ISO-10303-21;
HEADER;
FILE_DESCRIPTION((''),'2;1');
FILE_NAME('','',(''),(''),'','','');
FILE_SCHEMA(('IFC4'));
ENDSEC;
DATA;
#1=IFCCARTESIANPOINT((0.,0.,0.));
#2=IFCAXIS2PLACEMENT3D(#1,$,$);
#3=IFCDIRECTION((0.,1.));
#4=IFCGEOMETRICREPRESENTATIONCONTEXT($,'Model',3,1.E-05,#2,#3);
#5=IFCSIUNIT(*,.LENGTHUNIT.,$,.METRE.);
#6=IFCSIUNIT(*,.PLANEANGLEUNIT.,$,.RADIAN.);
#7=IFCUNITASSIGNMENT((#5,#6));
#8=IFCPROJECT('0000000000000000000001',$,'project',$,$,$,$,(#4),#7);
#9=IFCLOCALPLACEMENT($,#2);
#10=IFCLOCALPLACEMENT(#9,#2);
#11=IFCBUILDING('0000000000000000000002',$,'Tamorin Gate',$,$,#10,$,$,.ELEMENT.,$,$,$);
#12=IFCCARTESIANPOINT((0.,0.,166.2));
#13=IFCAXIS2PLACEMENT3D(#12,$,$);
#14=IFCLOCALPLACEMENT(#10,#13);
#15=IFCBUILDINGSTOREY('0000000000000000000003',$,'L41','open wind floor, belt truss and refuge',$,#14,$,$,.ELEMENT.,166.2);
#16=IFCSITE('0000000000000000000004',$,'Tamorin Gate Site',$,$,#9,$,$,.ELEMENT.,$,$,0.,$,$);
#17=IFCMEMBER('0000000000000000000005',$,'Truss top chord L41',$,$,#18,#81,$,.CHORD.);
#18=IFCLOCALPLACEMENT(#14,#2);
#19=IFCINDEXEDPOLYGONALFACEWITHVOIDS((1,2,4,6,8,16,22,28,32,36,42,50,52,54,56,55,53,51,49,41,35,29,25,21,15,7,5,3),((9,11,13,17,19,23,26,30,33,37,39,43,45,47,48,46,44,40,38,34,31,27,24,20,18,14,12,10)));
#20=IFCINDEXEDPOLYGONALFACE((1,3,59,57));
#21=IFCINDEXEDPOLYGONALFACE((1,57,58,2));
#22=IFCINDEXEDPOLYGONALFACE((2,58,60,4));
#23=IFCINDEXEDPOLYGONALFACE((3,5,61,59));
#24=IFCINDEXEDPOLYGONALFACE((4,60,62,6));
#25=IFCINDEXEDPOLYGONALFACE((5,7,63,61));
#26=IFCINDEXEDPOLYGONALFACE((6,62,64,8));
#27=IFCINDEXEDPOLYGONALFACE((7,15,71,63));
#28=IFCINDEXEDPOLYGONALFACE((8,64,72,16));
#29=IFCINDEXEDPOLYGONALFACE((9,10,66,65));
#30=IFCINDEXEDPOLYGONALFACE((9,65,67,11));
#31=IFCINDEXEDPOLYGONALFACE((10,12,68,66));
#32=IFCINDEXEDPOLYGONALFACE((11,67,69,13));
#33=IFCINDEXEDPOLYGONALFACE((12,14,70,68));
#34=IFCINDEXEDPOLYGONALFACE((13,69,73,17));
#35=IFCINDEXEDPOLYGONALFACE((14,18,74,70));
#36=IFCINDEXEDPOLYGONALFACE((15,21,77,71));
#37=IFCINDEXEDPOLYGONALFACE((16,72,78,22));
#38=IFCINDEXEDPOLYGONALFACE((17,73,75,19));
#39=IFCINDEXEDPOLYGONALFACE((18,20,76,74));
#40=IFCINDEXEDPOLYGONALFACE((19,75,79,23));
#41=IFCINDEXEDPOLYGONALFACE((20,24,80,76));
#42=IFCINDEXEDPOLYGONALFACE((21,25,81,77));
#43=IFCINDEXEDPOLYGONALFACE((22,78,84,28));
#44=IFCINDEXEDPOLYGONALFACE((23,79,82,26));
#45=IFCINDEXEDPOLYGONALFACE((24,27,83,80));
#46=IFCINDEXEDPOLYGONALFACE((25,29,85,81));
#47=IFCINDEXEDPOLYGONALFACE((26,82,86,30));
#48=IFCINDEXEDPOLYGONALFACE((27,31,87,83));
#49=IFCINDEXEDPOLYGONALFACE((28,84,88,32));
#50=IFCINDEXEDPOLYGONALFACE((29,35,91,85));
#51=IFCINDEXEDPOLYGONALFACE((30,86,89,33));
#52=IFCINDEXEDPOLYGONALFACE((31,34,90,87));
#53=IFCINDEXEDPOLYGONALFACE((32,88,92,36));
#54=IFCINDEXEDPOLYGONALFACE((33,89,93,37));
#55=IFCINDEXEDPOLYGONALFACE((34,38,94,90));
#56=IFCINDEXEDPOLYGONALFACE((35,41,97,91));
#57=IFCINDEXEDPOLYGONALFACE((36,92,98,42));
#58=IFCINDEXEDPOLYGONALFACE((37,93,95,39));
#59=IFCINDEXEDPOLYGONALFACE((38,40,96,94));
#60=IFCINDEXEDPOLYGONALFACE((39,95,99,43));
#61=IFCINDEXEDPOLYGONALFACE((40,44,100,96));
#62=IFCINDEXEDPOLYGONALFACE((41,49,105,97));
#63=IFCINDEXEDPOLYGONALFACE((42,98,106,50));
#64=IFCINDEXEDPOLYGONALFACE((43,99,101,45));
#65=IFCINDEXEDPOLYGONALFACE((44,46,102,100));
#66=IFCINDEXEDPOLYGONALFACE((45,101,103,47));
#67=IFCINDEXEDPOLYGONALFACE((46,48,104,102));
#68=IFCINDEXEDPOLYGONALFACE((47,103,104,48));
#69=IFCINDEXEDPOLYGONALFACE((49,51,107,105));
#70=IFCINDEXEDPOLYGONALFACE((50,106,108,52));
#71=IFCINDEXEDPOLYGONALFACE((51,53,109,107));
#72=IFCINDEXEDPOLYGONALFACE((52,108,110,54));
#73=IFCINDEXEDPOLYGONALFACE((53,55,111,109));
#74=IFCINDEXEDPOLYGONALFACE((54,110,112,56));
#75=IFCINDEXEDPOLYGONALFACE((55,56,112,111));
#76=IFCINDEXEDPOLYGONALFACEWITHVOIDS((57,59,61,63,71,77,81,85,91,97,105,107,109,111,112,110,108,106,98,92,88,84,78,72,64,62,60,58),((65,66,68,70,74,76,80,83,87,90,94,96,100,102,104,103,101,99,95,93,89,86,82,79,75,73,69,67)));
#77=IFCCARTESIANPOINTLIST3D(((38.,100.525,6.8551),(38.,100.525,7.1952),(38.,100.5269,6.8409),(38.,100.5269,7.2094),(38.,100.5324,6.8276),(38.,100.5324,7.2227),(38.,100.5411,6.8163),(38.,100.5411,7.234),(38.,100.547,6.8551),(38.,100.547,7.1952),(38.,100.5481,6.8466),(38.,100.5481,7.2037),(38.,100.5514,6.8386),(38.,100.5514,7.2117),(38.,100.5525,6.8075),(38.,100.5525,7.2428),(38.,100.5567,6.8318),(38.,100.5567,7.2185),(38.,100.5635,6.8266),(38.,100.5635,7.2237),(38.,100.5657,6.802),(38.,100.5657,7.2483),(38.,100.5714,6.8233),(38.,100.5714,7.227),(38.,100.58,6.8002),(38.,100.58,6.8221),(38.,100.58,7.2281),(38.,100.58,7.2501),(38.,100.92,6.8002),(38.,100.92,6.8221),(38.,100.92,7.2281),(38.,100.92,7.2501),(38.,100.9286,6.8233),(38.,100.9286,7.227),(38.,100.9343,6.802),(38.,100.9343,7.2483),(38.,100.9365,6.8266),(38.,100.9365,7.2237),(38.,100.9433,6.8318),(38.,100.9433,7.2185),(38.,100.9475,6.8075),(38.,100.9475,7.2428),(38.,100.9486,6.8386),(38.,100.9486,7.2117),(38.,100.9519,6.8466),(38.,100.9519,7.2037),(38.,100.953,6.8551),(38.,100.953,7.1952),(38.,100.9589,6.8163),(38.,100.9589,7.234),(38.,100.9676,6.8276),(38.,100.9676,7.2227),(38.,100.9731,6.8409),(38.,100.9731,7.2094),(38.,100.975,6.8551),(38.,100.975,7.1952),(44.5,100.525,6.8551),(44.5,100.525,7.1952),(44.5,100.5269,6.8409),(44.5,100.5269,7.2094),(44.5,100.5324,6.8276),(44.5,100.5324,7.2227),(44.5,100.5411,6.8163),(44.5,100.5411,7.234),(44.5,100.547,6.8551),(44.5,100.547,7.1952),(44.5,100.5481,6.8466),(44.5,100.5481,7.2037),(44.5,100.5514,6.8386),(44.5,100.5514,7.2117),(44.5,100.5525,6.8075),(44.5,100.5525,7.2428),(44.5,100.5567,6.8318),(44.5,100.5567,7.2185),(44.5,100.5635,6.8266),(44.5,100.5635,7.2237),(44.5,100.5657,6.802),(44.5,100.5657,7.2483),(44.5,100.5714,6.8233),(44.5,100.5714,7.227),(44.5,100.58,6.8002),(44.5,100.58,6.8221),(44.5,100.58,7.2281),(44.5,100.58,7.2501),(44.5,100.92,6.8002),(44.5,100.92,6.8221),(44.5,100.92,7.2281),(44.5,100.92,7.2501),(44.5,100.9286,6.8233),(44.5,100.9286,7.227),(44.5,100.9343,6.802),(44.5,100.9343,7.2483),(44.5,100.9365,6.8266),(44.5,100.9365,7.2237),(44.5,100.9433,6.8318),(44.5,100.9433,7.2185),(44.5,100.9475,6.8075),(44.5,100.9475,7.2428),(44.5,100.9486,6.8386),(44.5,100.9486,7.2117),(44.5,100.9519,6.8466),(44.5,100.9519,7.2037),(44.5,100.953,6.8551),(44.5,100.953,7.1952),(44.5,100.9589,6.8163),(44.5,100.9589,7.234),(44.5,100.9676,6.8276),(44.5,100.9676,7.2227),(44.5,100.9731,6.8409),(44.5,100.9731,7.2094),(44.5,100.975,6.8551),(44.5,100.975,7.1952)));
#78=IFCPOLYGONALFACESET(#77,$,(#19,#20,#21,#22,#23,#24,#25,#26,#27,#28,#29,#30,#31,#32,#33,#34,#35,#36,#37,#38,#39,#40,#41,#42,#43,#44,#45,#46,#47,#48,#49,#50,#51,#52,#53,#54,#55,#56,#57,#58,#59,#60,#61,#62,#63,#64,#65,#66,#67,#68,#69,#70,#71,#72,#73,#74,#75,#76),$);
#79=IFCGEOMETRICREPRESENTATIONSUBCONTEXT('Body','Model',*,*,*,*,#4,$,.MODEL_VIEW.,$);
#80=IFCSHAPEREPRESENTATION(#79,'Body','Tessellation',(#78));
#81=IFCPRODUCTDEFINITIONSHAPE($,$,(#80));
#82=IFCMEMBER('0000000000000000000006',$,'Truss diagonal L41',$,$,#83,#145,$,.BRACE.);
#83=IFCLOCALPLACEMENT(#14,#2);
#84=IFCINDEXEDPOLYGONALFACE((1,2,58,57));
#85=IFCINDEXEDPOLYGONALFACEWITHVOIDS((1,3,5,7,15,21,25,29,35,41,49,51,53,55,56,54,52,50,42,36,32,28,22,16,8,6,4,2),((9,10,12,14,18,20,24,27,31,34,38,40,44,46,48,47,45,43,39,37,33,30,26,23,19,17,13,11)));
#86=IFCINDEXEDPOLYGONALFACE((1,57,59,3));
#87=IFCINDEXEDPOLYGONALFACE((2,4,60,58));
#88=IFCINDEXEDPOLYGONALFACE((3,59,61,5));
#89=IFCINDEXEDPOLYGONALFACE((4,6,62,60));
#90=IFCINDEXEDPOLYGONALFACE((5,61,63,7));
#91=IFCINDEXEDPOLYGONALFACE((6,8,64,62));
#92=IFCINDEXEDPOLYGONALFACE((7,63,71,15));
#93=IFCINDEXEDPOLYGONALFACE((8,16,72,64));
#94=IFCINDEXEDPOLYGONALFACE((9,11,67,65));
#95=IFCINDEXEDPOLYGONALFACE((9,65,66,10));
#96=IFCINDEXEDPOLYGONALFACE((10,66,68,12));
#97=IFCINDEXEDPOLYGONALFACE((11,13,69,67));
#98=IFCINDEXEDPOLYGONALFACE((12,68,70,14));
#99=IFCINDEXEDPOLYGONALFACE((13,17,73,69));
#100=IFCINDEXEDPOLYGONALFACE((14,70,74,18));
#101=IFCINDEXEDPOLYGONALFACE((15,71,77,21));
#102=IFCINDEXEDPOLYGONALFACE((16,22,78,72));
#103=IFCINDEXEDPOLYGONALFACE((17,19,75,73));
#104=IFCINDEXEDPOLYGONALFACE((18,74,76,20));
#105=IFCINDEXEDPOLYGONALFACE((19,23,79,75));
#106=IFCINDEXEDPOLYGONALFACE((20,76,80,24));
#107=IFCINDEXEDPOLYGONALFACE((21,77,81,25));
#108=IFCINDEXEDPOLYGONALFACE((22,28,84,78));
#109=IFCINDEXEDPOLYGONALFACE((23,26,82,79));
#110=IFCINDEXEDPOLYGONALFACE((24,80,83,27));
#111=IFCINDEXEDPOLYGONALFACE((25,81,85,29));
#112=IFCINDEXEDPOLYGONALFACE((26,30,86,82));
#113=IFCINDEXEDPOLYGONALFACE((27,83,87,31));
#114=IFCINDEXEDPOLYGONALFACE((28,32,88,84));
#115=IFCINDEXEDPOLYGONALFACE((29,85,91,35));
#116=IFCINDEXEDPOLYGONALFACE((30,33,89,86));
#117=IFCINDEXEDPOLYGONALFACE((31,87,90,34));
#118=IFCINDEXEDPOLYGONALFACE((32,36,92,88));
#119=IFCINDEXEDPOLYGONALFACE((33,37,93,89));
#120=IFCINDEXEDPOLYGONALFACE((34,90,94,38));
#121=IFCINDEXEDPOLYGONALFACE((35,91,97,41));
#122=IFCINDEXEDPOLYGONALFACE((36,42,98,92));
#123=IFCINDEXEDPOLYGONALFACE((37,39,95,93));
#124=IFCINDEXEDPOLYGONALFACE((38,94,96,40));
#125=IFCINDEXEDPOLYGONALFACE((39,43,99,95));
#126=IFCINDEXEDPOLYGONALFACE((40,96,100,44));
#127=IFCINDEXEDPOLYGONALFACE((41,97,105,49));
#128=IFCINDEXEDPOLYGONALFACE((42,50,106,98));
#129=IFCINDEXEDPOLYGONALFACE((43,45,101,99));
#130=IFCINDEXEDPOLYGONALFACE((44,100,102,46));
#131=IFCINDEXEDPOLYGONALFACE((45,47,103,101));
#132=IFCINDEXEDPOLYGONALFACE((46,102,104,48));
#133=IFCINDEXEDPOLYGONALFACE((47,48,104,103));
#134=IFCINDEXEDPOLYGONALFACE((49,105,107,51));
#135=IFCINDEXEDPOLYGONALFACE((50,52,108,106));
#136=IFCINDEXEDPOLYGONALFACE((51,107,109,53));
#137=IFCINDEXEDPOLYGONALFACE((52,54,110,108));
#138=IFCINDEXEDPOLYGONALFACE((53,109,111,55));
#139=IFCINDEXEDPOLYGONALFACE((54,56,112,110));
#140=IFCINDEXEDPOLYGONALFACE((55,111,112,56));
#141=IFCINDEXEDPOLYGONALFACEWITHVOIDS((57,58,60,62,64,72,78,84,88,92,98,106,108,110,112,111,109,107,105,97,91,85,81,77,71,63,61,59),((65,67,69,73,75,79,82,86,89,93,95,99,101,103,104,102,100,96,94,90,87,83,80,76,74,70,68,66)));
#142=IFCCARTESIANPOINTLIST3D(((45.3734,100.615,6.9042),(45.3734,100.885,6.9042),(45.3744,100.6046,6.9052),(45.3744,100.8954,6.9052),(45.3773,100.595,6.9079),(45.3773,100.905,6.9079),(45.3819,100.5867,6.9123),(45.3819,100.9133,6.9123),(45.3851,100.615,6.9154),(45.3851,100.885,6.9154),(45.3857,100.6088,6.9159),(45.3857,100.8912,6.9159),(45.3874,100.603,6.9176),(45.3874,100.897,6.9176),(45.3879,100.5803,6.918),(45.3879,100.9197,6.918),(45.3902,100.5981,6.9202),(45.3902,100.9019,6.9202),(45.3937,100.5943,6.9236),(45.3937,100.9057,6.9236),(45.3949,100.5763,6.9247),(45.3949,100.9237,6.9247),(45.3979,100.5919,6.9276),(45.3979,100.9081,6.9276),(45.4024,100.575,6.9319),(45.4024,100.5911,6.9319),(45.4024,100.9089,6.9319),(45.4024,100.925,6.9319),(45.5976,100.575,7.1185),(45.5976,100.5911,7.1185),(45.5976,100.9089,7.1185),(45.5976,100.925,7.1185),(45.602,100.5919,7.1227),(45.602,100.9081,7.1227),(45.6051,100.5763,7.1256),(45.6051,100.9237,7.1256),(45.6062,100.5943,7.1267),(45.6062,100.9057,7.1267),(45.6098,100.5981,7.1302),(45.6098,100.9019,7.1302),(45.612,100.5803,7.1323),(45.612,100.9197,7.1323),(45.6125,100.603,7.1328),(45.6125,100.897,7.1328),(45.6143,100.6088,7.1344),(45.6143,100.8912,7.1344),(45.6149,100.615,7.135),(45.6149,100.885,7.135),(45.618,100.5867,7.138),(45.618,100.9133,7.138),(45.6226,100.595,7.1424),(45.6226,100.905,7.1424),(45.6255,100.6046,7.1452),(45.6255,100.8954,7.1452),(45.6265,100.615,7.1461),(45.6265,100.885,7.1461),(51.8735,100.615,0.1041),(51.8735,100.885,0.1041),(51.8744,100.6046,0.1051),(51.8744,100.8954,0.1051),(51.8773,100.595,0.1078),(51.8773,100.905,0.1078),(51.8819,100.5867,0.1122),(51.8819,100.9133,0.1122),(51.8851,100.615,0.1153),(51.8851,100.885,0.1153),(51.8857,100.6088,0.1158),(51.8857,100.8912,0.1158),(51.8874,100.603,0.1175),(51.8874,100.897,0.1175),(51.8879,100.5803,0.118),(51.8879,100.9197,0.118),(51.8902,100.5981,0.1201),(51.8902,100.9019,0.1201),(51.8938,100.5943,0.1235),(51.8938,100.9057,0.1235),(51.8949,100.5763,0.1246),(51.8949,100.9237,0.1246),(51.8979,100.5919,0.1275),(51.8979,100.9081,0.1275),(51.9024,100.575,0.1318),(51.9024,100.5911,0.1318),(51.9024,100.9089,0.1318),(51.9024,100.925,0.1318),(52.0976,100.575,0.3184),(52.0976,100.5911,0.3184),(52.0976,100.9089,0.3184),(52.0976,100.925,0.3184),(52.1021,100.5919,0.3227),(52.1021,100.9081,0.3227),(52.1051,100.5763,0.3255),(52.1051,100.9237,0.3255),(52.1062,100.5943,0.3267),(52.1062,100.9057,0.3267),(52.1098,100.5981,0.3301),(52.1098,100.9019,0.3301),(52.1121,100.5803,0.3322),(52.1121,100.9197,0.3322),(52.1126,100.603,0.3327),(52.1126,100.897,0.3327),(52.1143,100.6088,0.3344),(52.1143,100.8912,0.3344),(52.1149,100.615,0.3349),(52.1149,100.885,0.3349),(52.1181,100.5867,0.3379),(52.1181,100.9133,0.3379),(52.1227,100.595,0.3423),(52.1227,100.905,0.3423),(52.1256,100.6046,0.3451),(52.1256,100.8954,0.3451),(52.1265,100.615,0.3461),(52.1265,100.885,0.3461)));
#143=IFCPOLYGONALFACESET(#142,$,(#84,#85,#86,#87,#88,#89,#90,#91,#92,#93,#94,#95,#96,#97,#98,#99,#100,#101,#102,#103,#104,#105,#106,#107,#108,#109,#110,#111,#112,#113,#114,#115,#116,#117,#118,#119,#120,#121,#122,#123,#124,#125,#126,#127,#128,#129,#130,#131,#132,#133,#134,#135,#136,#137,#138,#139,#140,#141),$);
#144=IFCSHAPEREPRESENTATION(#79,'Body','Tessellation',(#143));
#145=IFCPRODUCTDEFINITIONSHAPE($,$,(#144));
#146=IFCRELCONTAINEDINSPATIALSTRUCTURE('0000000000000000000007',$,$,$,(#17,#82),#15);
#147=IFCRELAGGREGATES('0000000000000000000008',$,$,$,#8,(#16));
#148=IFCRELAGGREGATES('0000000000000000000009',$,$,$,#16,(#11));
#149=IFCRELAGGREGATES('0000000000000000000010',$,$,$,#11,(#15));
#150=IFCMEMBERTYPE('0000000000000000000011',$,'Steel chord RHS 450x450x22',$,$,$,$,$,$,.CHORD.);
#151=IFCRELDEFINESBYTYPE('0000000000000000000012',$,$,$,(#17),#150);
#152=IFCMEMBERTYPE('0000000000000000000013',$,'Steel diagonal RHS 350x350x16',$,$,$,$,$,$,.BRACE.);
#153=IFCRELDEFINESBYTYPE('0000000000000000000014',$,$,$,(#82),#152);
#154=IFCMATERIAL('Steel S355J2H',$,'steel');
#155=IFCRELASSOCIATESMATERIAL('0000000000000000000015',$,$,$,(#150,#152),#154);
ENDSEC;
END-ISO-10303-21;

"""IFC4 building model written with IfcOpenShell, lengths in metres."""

from ifc_helpers import new_model, si_unit, direction, frame, origin, origin_2d, place, context, subcontext, project, spatial, hollow_rectangle, extrude, material, material_profile, profile_set, type_object, element, save


model = new_model("IFC4")

# Units and contexts
model_context = context("Model", 3, precision=1e-05, world=origin(), true_north=direction((0.0, 1.0)))
body_context = subcontext(model_context, "Body", "Model", "MODEL_VIEW")
ifc_project = project(units=[si_unit("LENGTHUNIT", "METRE"), si_unit("PLANEANGLEUNIT", "RADIAN")], contexts=[model_context])

# Site, building, storey
site_placement = place(None, origin())
site = spatial("IfcSite", under=ifc_project, at=site_placement, Name="Tamorin Gate Site", CompositionType="ELEMENT", RefElevation=0.0)
building_placement = place(site_placement, origin())
building = spatial("IfcBuilding", under=site, at=building_placement, Name="Tamorin Gate", CompositionType="ELEMENT")
storey_placement = place(building_placement, frame((0.0, 0.0, 166.2)))
storey = spatial("IfcBuildingStorey", under=building, at=storey_placement, Name="L41", Description="open wind floor, belt truss and refuge", CompositionType="ELEMENT", Elevation=166.2)

# Members
ifc_material_1 = material(Name="Steel S355J2H", Category="steel")
ifc_material_profile_1 = material_profile(ifc_material_1, hollow_rectangle(XDim=0.45, YDim=0.45, WallThickness=0.022, InnerFilletRadius=0.033, OuterFilletRadius=0.0549, at=origin_2d()), Name="RHS 450x450x22")
ifc_profile_set_1 = profile_set([ifc_material_profile_1], Name="Steel S355J2H")
member_type_1 = type_object("IfcMemberType", Name="Steel chord RHS 450x450x22", PredefinedType="CHORD", material=ifc_profile_set_1)
for number, where, z_axis, x_axis, name in (
    (1, (44.5, 100.75, 7.0251), (-1.0, 0.0, 0.0), (0.0, -1.0, 0.0), "Truss top chord L41"),
):
    element("IfcMember", number, at=place(storey_placement, frame(where, z_axis=z_axis, x_axis=x_axis)), inside=storey, type_object=member_type_1, Name=name, PredefinedType="CHORD", context=body_context, shape_type="SweptSolid", body=[
        extrude(hollow_rectangle(XDim=0.45, YDim=0.45, WallThickness=0.022, InnerFilletRadius=0.033, OuterFilletRadius=0.0549, at=origin_2d()), origin(), (0.0, 0.0, 1.0), 6.5),
    ])
ifc_material_profile_2 = material_profile(ifc_material_1, hollow_rectangle(XDim=0.3501, YDim=0.3501, WallThickness=0.0161, InnerFilletRadius=0.0239, OuterFilletRadius=0.04, at=origin_2d()), Name="RHS 350x350x16")
ifc_profile_set_2 = profile_set([ifc_material_profile_2], Name="Steel S355J2H")
member_type_2 = type_object("IfcMemberType", Name="Steel diagonal RHS 350x350x16", PredefinedType="BRACE", material=ifc_profile_set_2)
for number, where, z_axis, x_axis, name in (
    (2, (52.0, 100.75, 0.2251), (-0.690979, 0.0, 0.722875), (0.0, -1.0, 0.0), "Truss diagonal L41"),
):
    element("IfcMember", number, at=place(storey_placement, frame(where, z_axis=z_axis, x_axis=x_axis)), inside=storey, type_object=member_type_2, Name=name, PredefinedType="BRACE", context=body_context, shape_type="SweptSolid", body=[
        extrude(hollow_rectangle(XDim=0.3501, YDim=0.3501, WallThickness=0.0161, InnerFilletRadius=0.0239, OuterFilletRadius=0.04, at=origin_2d()), origin(), (0.0, 0.0, 1.0), 9.407),
    ])

save(model, "model.ifc")
